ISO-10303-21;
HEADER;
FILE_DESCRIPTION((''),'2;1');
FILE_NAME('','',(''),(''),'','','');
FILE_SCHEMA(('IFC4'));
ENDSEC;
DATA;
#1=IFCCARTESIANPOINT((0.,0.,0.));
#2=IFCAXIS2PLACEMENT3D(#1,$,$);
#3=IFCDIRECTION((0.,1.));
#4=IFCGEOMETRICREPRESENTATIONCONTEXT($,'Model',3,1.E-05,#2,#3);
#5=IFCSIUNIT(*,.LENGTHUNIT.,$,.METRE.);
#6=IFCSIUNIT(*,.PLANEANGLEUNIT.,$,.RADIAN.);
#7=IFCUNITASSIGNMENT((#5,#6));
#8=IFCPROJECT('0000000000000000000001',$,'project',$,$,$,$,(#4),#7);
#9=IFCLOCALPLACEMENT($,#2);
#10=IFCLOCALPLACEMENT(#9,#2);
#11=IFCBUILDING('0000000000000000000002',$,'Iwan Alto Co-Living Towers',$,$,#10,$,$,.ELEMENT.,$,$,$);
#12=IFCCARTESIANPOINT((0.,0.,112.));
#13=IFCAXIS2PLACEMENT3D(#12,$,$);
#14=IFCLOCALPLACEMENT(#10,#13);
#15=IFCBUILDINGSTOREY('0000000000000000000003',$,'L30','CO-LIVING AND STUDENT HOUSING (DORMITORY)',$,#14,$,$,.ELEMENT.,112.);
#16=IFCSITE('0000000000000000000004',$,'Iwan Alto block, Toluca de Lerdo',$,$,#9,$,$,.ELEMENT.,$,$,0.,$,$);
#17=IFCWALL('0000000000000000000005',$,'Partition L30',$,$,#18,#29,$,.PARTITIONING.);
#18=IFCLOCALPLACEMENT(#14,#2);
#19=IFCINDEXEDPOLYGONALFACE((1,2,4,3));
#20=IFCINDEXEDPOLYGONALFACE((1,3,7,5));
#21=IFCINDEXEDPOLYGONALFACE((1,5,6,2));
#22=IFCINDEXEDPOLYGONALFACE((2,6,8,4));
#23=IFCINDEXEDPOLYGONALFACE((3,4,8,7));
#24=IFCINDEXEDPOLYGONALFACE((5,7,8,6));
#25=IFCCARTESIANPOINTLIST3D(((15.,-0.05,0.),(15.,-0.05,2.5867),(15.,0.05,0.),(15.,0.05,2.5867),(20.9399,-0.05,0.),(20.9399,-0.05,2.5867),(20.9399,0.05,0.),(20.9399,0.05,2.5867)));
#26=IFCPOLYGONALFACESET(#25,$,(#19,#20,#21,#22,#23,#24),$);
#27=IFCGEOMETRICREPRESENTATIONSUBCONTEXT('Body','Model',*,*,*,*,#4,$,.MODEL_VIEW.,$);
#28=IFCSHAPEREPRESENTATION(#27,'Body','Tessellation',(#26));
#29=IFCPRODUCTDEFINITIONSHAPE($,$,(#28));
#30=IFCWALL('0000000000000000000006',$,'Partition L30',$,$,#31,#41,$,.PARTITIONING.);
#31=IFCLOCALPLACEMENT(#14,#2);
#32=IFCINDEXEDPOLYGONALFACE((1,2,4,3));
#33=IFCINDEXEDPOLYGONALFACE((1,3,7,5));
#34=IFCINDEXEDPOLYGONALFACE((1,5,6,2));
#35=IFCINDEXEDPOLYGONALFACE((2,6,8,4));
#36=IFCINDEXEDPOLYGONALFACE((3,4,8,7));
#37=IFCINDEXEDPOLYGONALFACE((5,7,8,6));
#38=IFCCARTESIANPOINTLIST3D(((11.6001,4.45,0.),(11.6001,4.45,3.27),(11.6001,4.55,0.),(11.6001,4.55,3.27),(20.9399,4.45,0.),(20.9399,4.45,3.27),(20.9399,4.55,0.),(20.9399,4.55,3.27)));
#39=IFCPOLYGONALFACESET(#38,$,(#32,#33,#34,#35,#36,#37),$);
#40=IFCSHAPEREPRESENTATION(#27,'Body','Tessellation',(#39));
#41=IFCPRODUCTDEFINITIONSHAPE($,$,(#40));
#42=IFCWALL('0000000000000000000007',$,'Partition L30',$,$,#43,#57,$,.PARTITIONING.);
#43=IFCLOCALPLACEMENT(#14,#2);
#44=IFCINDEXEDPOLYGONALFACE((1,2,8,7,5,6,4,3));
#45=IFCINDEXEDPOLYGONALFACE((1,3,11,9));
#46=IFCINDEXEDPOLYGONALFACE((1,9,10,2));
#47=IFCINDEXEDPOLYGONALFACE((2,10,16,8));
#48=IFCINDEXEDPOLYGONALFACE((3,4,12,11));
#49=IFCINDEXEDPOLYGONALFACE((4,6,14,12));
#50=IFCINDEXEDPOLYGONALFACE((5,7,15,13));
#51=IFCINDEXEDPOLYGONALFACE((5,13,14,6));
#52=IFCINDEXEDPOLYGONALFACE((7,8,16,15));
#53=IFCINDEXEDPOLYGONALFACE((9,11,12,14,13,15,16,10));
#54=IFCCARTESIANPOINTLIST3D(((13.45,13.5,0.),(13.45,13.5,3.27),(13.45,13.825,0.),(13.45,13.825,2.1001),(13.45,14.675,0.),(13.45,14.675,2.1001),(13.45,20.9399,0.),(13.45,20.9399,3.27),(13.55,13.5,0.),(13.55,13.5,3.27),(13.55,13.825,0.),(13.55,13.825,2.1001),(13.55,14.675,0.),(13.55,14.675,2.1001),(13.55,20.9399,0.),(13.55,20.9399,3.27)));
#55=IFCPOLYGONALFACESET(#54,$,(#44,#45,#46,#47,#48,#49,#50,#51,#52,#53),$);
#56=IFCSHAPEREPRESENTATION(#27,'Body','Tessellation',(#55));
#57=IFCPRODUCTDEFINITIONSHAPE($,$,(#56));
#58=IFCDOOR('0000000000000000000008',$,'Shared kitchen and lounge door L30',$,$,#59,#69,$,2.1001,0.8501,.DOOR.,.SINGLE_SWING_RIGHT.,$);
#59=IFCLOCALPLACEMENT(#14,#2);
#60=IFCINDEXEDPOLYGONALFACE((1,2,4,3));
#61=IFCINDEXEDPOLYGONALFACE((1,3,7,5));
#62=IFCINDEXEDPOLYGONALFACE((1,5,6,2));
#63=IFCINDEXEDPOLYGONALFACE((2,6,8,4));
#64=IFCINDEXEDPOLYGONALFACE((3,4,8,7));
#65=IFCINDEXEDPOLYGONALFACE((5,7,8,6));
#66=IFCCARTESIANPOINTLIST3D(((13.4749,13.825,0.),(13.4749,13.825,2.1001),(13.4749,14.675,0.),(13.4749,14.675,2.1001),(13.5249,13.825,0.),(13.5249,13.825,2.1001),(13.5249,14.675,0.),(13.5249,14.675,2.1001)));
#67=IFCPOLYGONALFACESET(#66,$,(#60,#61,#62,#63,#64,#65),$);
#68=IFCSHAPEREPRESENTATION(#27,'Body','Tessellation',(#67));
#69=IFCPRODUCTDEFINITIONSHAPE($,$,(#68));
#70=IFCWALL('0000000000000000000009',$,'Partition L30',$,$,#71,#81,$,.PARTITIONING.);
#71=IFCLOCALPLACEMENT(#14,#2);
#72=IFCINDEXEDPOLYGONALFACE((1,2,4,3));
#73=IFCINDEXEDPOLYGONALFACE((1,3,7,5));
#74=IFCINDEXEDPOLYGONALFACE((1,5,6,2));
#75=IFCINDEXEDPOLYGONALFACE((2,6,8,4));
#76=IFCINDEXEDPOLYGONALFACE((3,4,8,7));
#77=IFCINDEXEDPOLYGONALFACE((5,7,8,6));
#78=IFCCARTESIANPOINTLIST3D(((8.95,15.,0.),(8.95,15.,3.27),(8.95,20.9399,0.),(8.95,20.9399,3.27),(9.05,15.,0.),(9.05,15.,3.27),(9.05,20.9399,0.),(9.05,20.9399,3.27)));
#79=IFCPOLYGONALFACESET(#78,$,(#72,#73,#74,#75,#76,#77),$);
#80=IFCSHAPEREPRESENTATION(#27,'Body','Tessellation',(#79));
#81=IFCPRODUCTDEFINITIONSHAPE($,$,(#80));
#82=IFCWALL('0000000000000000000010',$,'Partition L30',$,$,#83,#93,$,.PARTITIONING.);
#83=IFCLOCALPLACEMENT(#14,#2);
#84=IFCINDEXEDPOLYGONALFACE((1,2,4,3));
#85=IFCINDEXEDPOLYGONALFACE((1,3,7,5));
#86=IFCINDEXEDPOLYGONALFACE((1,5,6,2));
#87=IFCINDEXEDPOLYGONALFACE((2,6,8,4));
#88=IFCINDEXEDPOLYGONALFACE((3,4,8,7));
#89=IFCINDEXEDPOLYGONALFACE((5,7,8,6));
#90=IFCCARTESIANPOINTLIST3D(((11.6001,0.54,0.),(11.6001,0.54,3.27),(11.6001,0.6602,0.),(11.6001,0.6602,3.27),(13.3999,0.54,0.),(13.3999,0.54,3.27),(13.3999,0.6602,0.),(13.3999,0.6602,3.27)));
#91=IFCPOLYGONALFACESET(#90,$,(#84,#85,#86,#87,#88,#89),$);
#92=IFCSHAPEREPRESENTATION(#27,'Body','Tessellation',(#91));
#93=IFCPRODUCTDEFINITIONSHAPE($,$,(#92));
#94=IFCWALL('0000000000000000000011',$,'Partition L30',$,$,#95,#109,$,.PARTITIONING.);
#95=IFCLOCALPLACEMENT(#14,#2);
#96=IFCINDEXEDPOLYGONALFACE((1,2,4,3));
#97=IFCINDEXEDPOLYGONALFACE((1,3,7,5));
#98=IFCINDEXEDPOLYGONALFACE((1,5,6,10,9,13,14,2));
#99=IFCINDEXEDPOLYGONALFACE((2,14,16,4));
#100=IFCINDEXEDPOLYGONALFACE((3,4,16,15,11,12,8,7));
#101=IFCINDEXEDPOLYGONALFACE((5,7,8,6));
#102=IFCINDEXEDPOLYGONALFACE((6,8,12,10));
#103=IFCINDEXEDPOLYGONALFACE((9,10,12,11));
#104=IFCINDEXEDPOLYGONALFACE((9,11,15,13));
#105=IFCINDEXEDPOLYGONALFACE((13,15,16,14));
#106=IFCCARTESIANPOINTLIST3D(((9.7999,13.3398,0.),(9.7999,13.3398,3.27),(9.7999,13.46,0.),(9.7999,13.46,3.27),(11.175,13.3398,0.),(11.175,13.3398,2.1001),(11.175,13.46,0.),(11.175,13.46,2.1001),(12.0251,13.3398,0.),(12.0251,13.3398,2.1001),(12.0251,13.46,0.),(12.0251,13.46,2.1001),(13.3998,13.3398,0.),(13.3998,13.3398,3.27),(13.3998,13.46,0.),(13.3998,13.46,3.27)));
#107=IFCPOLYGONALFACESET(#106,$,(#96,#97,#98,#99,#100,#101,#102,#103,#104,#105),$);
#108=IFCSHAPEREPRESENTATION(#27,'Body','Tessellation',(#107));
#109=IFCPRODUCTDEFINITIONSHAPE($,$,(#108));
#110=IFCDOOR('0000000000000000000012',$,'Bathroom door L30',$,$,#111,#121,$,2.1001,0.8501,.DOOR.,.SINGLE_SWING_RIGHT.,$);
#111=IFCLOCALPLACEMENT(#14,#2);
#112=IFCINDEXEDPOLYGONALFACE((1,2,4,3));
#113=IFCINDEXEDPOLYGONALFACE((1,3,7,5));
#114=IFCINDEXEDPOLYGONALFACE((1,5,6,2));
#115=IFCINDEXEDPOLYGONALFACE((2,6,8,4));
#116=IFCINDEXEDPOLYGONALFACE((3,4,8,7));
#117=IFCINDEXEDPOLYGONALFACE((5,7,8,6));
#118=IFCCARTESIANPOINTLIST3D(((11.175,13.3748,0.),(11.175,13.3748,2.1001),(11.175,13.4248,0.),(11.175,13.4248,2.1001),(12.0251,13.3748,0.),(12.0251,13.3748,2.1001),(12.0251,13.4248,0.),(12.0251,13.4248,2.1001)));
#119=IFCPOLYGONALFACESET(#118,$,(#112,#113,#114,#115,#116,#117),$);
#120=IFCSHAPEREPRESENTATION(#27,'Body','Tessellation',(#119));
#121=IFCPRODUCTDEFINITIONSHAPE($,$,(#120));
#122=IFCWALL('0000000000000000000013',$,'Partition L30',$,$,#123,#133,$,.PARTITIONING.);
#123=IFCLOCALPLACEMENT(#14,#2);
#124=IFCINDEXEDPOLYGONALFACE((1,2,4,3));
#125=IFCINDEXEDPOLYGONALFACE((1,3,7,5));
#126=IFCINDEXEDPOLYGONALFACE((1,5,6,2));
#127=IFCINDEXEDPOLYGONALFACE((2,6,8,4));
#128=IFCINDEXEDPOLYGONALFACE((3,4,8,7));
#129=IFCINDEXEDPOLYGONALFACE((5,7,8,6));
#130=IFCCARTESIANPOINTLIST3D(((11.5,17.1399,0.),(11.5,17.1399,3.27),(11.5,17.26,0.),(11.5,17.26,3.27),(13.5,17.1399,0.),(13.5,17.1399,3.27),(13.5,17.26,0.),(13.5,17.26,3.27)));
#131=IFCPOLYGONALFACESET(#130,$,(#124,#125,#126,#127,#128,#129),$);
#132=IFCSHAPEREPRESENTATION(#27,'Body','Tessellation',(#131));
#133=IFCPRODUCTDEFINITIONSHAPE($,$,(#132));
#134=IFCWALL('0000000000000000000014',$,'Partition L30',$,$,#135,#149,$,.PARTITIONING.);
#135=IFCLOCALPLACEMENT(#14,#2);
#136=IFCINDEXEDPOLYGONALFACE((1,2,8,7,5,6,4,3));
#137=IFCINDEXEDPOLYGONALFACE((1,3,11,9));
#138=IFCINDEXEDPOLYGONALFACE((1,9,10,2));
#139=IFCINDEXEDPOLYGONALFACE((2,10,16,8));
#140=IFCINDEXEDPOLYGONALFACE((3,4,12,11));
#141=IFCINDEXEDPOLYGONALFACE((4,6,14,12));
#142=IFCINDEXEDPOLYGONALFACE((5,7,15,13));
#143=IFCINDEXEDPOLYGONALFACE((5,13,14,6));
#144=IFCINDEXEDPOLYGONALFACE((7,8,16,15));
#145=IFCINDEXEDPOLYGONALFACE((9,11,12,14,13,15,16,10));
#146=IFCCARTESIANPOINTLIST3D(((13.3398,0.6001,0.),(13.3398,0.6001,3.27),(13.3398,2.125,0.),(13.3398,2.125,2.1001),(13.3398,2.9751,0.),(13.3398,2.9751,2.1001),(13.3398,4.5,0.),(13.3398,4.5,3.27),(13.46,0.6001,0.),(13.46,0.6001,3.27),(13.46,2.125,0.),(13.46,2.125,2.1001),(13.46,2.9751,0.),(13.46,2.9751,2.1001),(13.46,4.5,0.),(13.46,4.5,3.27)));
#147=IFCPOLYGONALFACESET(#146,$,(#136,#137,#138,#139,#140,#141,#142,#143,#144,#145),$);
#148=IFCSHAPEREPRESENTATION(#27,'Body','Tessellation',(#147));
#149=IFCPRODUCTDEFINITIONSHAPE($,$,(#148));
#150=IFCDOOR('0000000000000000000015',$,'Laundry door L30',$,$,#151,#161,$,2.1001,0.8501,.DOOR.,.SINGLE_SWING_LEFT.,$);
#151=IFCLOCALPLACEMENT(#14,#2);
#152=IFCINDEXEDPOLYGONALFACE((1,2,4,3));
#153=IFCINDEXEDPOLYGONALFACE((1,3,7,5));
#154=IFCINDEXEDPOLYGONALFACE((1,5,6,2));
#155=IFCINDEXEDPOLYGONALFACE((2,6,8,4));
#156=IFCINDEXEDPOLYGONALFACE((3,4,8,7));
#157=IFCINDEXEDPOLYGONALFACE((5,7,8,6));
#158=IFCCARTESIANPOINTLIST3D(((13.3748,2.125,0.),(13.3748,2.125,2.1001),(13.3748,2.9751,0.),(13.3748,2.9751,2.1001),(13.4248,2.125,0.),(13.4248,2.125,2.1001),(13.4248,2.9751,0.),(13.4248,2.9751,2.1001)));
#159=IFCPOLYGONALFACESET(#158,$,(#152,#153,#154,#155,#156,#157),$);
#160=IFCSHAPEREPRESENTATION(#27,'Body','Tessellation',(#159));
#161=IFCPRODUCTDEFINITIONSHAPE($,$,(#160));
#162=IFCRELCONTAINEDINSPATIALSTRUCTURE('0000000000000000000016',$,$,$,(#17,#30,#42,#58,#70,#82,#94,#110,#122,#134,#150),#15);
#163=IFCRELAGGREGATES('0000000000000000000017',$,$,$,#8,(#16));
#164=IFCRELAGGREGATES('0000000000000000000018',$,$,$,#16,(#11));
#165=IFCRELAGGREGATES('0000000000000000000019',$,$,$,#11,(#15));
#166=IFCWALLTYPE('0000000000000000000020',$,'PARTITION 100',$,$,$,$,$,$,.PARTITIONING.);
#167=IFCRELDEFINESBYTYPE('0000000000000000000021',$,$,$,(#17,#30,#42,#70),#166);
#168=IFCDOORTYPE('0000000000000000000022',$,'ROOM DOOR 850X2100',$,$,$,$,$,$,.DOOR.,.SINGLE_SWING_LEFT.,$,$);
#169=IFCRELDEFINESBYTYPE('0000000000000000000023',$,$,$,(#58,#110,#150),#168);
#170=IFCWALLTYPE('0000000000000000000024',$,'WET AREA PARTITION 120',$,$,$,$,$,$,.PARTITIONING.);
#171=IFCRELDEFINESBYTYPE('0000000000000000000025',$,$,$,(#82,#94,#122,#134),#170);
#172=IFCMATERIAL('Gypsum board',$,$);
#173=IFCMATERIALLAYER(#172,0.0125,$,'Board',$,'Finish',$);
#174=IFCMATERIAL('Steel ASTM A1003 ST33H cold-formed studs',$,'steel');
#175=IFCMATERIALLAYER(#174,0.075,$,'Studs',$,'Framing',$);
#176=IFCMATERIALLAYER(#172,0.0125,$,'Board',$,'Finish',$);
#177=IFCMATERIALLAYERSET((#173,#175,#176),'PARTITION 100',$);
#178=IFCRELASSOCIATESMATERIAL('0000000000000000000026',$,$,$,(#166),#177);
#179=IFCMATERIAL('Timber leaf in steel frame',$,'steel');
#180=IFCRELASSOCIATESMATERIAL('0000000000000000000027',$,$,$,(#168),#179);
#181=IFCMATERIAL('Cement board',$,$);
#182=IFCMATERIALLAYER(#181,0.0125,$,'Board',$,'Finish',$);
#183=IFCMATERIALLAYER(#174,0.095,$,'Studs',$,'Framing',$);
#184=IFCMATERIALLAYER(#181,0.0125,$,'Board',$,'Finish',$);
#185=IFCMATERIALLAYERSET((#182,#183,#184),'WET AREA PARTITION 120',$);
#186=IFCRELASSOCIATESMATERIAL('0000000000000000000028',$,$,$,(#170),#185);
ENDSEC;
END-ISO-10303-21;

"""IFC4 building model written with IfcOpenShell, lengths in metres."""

from ifc_helpers import new_model, si_unit, direction, frame, frame_2d, origin, place, context, subcontext, project, spatial, rectangle, extrude, material, layer, layer_set, type_object, element, fill, save


model = new_model("IFC4")

# Units and contexts
model_context = context("Model", 3, precision=1e-05, world=origin(), true_north=direction((0.0, 1.0)))
body_context = subcontext(model_context, "Body", "Model", "MODEL_VIEW")
ifc_project = project(units=[si_unit("LENGTHUNIT", "METRE"), si_unit("PLANEANGLEUNIT", "RADIAN")], contexts=[model_context])

# Site, building, storey
site_placement = place(None, origin())
site = spatial("IfcSite", under=ifc_project, at=site_placement, Name="Iwan Alto block, Toluca de Lerdo", CompositionType="ELEMENT", RefElevation=0.0)
building_placement = place(site_placement, origin())
building = spatial("IfcBuilding", under=site, at=building_placement, Name="Iwan Alto Co-Living Towers", CompositionType="ELEMENT")
storey_placement = place(building_placement, frame((0.0, 0.0, 112.0)))
storey = spatial("IfcBuildingStorey", under=building, at=storey_placement, Name="L30", Description="CO-LIVING AND STUDENT HOUSING (DORMITORY)", CompositionType="ELEMENT", Elevation=112.0)

# Shared definitions
ifc_material_1 = material(Name="Gypsum board")
ifc_material_2 = material(Name="Steel ASTM A1003 ST33H cold-formed studs", Category="steel")

# Walls
ifc_layer_1 = layer(ifc_material_1, 0.0125, Name="Board", Category="Finish")
ifc_layer_2 = layer(ifc_material_2, 0.075, Name="Studs", Category="Framing")
ifc_layer_3 = layer(ifc_material_1, 0.0125, Name="Board", Category="Finish")
ifc_layer_set_1 = layer_set([ifc_layer_1, ifc_layer_2, ifc_layer_3], Name="PARTITION 100")
wall_type_1 = type_object("IfcWallType", Name="PARTITION 100", PredefinedType="PARTITIONING", material=ifc_layer_set_1)
wall_1_placement = place(storey_placement, frame((15.0, 0.0, 0.0), z_axis=(0.0, 0.0, 1.0), x_axis=(1.0, 0.0, 0.0)))
element("IfcWall", 1, at=wall_1_placement, inside=storey, type_object=wall_type_1, Name="Partition L30", PredefinedType="PARTITIONING", context=body_context, shape_type="SweptSolid", body=[
    extrude(rectangle(XDim=5.9399, YDim=0.1001, at=frame_2d((2.97, 0.0))), origin(), (0.0, 0.0, 1.0), 2.5867),
])
wall_2_placement = place(storey_placement, frame((11.6001, 4.5, 0.0), z_axis=(0.0, 0.0, 1.0), x_axis=(1.0, 0.0, 0.0)))
element("IfcWall", 2, at=wall_2_placement, inside=storey, type_object=wall_type_1, Name="Partition L30", PredefinedType="PARTITIONING", context=body_context, shape_type="SweptSolid", body=[
    extrude(rectangle(XDim=9.3398, YDim=0.1001, at=frame_2d((4.6699, 0.0))), origin(), (0.0, 0.0, 1.0), 3.27),
])

# Wall, opening, door
wall_3_placement = place(storey_placement, frame((13.5, 13.5, 0.0), z_axis=(0.0, 0.0, 1.0), x_axis=(0.0, 1.0, 0.0)))
wall_3 = element("IfcWall", 3, at=wall_3_placement, inside=storey, type_object=wall_type_1, Name="Partition L30", PredefinedType="PARTITIONING", context=body_context, shape_type="SweptSolid", body=[
    extrude(rectangle(XDim=7.4399, YDim=0.1001, at=frame_2d((3.72, 0.0))), origin(), (0.0, 0.0, 1.0), 3.27),
])
opening_1_placement = place(wall_3_placement, frame((0.325, 0.0, 0.0)))
opening_1 = element("IfcOpeningElement", 4, at=opening_1_placement, cuts=wall_3, PredefinedType="OPENING", context=body_context, shape_type="SweptSolid", body=[
    extrude(rectangle(XDim=0.8501, YDim=2.1001, at=frame_2d((0.425, 1.05))), frame((0.0, 0.0601, 0.0), z_axis=(0.0, -1.0, 0.0), x_axis=(1.0, 0.0, 0.0)), (0.0, 0.0, 1.0), 0.1201),
])
ifc_material_3 = material(Name="Timber leaf in steel frame", Category="steel")
door_type_1 = type_object("IfcDoorType", Name="ROOM DOOR 850X2100", OperationType="SINGLE_SWING_LEFT", PredefinedType="DOOR", material=ifc_material_3)
door_1_placement = place(opening_1_placement, frame((0.8501, 0.0, 0.0), z_axis=(0.0, 0.0, 1.0), x_axis=(-1.0, 0.0, 0.0)))
door_1 = element("IfcDoor", 5, at=door_1_placement, inside=storey, type_object=door_type_1, Name="Shared kitchen and lounge door L30", OperationType="SINGLE_SWING_RIGHT", OverallHeight=2.1001, OverallWidth=0.8501, PredefinedType="DOOR", context=body_context, shape_type="SweptSolid", body=[
    extrude(rectangle(XDim=0.8501, YDim=2.1001, at=frame_2d((0.425, 1.05))), frame((0.0, 0.0249, 0.0), z_axis=(0.0, -1.0, 0.0), x_axis=(1.0, 0.0, 0.0)), (0.0, 0.0, 1.0), 0.05),
])
fill(opening_1, door_1)

# Walls
wall_4_placement = place(storey_placement, frame((9.0, 15.0, 0.0), z_axis=(0.0, 0.0, 1.0), x_axis=(0.0, 1.0, 0.0)))
element("IfcWall", 6, at=wall_4_placement, inside=storey, type_object=wall_type_1, Name="Partition L30", PredefinedType="PARTITIONING", context=body_context, shape_type="SweptSolid", body=[
    extrude(rectangle(XDim=5.9399, YDim=0.1001, at=frame_2d((2.97, 0.0))), origin(), (0.0, 0.0, 1.0), 3.27),
])
ifc_material_4 = material(Name="Cement board")
ifc_layer_4 = layer(ifc_material_4, 0.0125, Name="Board", Category="Finish")
ifc_layer_5 = layer(ifc_material_2, 0.095, Name="Studs", Category="Framing")
ifc_layer_6 = layer(ifc_material_4, 0.0125, Name="Board", Category="Finish")
ifc_layer_set_2 = layer_set([ifc_layer_4, ifc_layer_5, ifc_layer_6], Name="WET AREA PARTITION 120")
wall_type_2 = type_object("IfcWallType", Name="WET AREA PARTITION 120", PredefinedType="PARTITIONING", material=ifc_layer_set_2)
wall_5_placement = place(storey_placement, frame((11.6001, 0.6001, 0.0), z_axis=(0.0, 0.0, 1.0), x_axis=(1.0, 0.0, 0.0)))
element("IfcWall", 7, at=wall_5_placement, inside=storey, type_object=wall_type_2, Name="Partition L30", PredefinedType="PARTITIONING", context=body_context, shape_type="SweptSolid", body=[
    extrude(rectangle(XDim=1.7998, YDim=0.1201, at=frame_2d((0.8999, 0.0))), origin(), (0.0, 0.0, 1.0), 3.27),
])

# Wall, opening, door
wall_6_placement = place(storey_placement, frame((9.8, 13.3999, 0.0), z_axis=(0.0, 0.0, 1.0), x_axis=(1.0, 0.0, 0.0)))
wall_6 = element("IfcWall", 8, at=wall_6_placement, inside=storey, type_object=wall_type_2, Name="Partition L30", PredefinedType="PARTITIONING", context=body_context, shape_type="SweptSolid", body=[
    extrude(rectangle(XDim=3.5999, YDim=0.1201, at=frame_2d((1.7998, 0.0))), origin(), (0.0, 0.0, 1.0), 3.27),
])
opening_2_placement = place(wall_6_placement, frame((1.375, 0.0, 0.0)))
opening_2 = element("IfcOpeningElement", 9, at=opening_2_placement, cuts=wall_6, PredefinedType="OPENING", context=body_context, shape_type="SweptSolid", body=[
    extrude(rectangle(XDim=0.8501, YDim=2.1001, at=frame_2d((0.425, 1.05))), frame((0.0, 0.0701, 0.0), z_axis=(0.0, -1.0, 0.0), x_axis=(1.0, 0.0, 0.0)), (0.0, 0.0, 1.0), 0.1401),
])
door_2_placement = place(opening_2_placement, origin())
door_2 = element("IfcDoor", 10, at=door_2_placement, inside=storey, type_object=door_type_1, Name="Bathroom door L30", OperationType="SINGLE_SWING_RIGHT", OverallHeight=2.1001, OverallWidth=0.8501, PredefinedType="DOOR", context=body_context, shape_type="SweptSolid", body=[
    extrude(rectangle(XDim=0.8501, YDim=2.1001, at=frame_2d((0.425, 1.05))), frame((0.0, 0.0249, 0.0), z_axis=(0.0, -1.0, 0.0), x_axis=(1.0, 0.0, 0.0)), (0.0, 0.0, 1.0), 0.05),
])
fill(opening_2, door_2)

# Wall
wall_7_placement = place(storey_placement, frame((11.5, 17.2, 0.0), z_axis=(0.0, 0.0, 1.0), x_axis=(1.0, 0.0, 0.0)))
element("IfcWall", 11, at=wall_7_placement, inside=storey, type_object=wall_type_2, Name="Partition L30", PredefinedType="PARTITIONING", context=body_context, shape_type="SweptSolid", body=[
    extrude(rectangle(XDim=2.0, YDim=0.1201, at=frame_2d((1.0, 0.0))), origin(), (0.0, 0.0, 1.0), 3.27),
])

# Wall, opening, door
wall_8_placement = place(storey_placement, frame((13.3999, 0.6001, 0.0), z_axis=(0.0, 0.0, 1.0), x_axis=(0.0, 1.0, 0.0)))
wall_8 = element("IfcWall", 12, at=wall_8_placement, inside=storey, type_object=wall_type_2, Name="Partition L30", PredefinedType="PARTITIONING", context=body_context, shape_type="SweptSolid", body=[
    extrude(rectangle(XDim=3.8999, YDim=0.1201, at=frame_2d((1.95, 0.0))), origin(), (0.0, 0.0, 1.0), 3.27),
])
opening_3_placement = place(wall_8_placement, frame((1.5249, 0.0, 0.0)))
opening_3 = element("IfcOpeningElement", 13, at=opening_3_placement, cuts=wall_8, PredefinedType="OPENING", context=body_context, shape_type="SweptSolid", body=[
    extrude(rectangle(XDim=0.8501, YDim=2.1001, at=frame_2d((0.425, 1.05))), frame((0.0, 0.0701, 0.0), z_axis=(0.0, -1.0, 0.0), x_axis=(1.0, 0.0, 0.0)), (0.0, 0.0, 1.0), 0.1401),
])
door_3_placement = place(opening_3_placement, frame((0.8501, 0.0, 0.0), z_axis=(0.0, 0.0, 1.0), x_axis=(-1.0, 0.0, 0.0)))
door_3 = element("IfcDoor", 14, at=door_3_placement, inside=storey, type_object=door_type_1, Name="Laundry door L30", OperationType="SINGLE_SWING_LEFT", OverallHeight=2.1001, OverallWidth=0.8501, PredefinedType="DOOR", context=body_context, shape_type="SweptSolid", body=[
    extrude(rectangle(XDim=0.8501, YDim=2.1001, at=frame_2d((0.425, 1.05))), frame((0.0, 0.0249, 0.0), z_axis=(0.0, -1.0, 0.0), x_axis=(1.0, 0.0, 0.0)), (0.0, 0.0, 1.0), 0.05),
])
fill(opening_3, door_3)

save(model, "model.ifc")
